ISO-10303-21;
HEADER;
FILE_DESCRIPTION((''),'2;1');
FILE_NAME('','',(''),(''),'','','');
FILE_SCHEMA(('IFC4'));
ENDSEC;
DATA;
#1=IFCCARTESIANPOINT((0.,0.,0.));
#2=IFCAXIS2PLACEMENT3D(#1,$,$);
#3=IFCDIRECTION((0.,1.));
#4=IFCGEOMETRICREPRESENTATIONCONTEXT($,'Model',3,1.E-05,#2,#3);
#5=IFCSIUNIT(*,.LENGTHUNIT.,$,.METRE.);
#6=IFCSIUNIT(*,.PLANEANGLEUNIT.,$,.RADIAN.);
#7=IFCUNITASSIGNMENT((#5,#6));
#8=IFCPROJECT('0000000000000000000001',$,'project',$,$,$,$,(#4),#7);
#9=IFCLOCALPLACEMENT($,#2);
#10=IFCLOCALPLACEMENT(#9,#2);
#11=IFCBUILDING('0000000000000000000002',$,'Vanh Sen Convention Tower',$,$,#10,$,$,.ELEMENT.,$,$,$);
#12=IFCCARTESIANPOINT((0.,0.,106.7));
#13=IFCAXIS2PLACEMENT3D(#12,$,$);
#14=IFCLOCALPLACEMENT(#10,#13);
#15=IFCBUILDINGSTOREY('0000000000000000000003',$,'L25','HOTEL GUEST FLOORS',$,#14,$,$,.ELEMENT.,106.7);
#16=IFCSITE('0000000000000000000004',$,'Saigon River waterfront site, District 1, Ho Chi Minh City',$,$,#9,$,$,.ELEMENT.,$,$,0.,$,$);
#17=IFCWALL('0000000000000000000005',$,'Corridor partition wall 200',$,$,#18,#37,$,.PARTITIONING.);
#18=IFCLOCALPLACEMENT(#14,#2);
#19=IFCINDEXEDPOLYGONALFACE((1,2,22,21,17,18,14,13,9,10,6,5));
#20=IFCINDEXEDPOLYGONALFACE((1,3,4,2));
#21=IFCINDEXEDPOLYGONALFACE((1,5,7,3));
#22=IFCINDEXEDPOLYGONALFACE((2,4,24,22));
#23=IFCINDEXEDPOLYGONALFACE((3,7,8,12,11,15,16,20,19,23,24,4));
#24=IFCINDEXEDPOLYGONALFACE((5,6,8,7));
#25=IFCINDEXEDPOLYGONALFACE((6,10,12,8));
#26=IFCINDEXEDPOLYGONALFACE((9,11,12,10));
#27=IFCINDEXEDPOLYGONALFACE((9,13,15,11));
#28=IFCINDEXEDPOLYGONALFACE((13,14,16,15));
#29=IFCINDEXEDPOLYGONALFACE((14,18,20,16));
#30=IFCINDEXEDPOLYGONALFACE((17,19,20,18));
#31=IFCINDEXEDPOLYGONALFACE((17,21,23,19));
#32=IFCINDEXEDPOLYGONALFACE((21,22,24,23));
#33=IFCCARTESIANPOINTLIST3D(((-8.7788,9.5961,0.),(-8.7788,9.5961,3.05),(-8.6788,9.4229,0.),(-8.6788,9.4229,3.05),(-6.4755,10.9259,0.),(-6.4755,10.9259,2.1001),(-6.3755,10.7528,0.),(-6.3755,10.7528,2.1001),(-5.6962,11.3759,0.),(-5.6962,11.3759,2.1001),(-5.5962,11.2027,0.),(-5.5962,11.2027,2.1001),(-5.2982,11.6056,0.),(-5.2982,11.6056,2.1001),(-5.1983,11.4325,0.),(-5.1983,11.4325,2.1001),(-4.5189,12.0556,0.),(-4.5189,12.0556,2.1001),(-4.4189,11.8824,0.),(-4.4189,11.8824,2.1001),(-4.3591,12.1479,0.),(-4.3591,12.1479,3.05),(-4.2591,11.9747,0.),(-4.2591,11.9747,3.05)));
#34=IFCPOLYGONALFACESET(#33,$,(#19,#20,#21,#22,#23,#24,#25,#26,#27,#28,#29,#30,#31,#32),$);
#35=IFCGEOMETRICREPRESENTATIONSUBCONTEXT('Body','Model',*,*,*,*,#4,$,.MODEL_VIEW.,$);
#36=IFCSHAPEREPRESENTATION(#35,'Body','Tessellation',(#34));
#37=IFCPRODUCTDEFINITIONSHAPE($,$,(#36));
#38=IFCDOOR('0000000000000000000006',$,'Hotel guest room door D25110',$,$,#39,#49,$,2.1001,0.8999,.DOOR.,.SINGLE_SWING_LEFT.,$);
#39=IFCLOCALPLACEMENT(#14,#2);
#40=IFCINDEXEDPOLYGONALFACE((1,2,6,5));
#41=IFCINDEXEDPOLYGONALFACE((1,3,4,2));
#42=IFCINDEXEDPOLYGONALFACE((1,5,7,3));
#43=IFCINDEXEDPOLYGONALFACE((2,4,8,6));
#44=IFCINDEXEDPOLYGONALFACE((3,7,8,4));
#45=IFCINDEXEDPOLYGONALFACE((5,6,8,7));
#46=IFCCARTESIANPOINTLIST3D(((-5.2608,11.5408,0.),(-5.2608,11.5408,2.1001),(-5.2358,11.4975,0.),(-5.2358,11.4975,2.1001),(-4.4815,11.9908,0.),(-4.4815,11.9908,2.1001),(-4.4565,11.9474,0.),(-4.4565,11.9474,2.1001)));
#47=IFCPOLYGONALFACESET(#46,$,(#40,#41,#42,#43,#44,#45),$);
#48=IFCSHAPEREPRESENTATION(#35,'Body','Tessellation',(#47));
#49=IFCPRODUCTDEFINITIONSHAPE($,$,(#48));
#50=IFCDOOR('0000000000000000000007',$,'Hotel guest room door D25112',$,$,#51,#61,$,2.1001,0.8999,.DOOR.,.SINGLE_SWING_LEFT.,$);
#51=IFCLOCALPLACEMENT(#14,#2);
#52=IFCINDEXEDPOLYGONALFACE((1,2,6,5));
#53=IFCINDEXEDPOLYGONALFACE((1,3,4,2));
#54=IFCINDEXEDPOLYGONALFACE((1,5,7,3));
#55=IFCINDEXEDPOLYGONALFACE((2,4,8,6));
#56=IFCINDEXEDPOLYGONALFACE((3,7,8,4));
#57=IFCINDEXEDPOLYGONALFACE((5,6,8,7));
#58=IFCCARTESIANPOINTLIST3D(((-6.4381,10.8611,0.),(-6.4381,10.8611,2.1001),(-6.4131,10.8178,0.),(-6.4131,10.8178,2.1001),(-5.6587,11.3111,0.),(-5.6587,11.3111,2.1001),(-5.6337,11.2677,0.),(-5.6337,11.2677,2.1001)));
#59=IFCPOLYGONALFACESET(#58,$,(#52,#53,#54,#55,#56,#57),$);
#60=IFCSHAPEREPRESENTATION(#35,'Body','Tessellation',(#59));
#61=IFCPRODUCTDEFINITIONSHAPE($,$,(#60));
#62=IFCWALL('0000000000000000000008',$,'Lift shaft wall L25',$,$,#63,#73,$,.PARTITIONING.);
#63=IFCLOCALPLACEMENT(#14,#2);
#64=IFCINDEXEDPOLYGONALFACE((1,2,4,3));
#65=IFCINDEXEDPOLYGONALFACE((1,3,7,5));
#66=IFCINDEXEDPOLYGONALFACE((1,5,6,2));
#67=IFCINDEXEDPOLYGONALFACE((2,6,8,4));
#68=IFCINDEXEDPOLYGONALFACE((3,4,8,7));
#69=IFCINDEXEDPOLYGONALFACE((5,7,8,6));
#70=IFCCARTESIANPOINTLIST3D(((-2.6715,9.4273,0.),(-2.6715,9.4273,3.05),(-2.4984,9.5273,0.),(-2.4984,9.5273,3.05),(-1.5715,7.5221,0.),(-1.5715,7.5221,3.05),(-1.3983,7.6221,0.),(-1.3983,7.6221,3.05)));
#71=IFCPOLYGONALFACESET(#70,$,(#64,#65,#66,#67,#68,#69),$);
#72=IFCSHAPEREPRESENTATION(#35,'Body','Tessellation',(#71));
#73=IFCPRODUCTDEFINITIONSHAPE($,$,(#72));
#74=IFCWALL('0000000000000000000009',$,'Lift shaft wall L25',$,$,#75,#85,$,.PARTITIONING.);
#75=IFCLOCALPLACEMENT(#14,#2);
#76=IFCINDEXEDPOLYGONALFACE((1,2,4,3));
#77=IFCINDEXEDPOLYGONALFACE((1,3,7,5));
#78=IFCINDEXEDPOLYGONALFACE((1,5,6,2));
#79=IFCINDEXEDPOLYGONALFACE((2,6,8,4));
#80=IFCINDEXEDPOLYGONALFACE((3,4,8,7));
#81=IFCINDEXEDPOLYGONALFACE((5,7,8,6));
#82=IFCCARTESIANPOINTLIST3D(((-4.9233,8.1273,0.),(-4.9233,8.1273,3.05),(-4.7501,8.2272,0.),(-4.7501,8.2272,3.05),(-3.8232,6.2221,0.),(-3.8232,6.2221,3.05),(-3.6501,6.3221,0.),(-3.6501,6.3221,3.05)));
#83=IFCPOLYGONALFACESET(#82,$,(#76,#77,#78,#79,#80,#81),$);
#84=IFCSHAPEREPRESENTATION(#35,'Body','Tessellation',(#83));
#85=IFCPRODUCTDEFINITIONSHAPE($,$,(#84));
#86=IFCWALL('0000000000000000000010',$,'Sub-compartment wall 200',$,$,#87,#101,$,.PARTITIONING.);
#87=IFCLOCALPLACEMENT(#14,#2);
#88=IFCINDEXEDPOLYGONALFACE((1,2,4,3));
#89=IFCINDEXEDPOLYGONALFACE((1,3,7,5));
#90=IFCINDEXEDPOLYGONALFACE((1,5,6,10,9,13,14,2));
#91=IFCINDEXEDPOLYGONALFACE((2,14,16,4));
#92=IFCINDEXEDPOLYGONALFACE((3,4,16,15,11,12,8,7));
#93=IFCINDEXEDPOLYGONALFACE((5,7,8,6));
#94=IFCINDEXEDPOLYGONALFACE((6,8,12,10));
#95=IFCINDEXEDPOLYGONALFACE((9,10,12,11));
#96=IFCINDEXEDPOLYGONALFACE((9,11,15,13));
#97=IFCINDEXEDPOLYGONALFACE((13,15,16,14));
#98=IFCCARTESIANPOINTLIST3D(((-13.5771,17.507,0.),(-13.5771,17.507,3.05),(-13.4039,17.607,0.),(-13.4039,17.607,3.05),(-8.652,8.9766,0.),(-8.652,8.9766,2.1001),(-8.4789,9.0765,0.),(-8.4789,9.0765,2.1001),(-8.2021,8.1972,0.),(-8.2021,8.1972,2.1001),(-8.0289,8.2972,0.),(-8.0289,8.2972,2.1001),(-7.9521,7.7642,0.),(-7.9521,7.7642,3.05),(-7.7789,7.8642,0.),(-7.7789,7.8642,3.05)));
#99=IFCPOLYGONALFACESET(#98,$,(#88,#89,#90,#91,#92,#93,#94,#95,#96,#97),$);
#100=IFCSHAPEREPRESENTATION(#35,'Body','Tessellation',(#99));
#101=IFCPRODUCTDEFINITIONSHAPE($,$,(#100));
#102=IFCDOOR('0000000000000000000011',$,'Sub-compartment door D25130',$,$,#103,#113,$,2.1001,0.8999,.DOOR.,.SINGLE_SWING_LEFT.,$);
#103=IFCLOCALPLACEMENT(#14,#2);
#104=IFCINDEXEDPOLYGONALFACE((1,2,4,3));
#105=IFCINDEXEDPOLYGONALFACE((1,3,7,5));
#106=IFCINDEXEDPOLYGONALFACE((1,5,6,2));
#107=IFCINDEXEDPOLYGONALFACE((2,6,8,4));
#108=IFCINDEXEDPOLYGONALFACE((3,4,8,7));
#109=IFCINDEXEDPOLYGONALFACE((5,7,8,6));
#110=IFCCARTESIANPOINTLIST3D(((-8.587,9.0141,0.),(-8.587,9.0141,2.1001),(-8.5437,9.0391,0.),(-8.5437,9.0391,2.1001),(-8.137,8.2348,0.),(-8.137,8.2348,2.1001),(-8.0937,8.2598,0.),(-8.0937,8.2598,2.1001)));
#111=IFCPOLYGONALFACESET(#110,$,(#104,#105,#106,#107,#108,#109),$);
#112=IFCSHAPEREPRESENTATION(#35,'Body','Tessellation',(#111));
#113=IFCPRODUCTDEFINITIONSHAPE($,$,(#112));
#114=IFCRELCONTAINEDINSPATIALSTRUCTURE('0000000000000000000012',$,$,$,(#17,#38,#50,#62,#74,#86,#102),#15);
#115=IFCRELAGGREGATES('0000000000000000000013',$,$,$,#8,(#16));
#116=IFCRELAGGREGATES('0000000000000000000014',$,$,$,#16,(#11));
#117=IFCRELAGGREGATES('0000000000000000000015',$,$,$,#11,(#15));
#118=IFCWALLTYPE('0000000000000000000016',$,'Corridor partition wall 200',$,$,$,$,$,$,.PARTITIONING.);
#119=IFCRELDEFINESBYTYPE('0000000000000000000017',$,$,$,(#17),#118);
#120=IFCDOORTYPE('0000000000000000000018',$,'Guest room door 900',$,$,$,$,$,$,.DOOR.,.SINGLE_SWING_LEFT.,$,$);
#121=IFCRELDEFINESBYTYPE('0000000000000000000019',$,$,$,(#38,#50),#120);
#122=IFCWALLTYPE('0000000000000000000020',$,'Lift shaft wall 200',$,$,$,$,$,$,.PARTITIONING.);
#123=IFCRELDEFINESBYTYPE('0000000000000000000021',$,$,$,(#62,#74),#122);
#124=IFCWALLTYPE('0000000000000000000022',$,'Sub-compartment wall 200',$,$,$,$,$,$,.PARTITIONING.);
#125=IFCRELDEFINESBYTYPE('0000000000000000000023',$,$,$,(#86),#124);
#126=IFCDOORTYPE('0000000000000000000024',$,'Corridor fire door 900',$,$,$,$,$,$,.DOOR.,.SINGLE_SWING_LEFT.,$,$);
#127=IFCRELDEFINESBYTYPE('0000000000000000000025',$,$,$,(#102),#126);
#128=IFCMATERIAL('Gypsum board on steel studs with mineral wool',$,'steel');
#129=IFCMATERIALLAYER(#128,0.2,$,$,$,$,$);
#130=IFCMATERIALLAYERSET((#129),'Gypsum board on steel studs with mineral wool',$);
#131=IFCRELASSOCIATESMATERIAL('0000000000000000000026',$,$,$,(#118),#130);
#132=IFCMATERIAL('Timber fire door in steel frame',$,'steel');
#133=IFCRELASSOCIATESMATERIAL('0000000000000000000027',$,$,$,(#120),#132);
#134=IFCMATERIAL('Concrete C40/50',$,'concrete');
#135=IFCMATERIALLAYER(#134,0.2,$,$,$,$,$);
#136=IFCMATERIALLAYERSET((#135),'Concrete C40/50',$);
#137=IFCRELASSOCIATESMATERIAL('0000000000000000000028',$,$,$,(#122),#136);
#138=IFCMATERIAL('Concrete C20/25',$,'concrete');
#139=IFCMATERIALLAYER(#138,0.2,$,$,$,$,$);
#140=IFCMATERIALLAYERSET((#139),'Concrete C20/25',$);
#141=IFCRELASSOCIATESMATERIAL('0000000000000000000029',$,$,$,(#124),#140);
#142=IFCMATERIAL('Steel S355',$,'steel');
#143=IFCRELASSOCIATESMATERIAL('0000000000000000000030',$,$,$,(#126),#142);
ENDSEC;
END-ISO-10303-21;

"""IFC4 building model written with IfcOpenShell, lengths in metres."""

from ifc_helpers import new_model, si_unit, direction, frame, frame_2d, origin, place, context, subcontext, project, spatial, rectangle, extrude, material, layer, layer_set, type_object, element, fill, save


model = new_model("IFC4")

# Units and contexts
model_context = context("Model", 3, precision=1e-05, world=origin(), true_north=direction((0.0, 1.0)))
body_context = subcontext(model_context, "Body", "Model", "MODEL_VIEW")
ifc_project = project(units=[si_unit("LENGTHUNIT", "METRE"), si_unit("PLANEANGLEUNIT", "RADIAN")], contexts=[model_context])

# Site, building, storey
site_placement = place(None, origin())
site = spatial("IfcSite", under=ifc_project, at=site_placement, Name="Saigon River waterfront site, District 1, Ho Chi Minh City", CompositionType="ELEMENT", RefElevation=0.0)
building_placement = place(site_placement, origin())
building = spatial("IfcBuilding", under=site, at=building_placement, Name="Vanh Sen Convention Tower", CompositionType="ELEMENT")
storey_placement = place(building_placement, frame((0.0, 0.0, 106.7)))
storey = spatial("IfcBuildingStorey", under=building, at=storey_placement, Name="L25", Description="HOTEL GUEST FLOORS", CompositionType="ELEMENT", Elevation=106.7)

# Shared definitions
ifc_material_1 = material(Name="Gypsum board on steel studs with mineral wool", Category="steel")
ifc_layer_1 = layer(ifc_material_1, 0.2)
ifc_layer_set_1 = layer_set([ifc_layer_1], Name="Gypsum board on steel studs with mineral wool")
wall_type_1 = type_object("IfcWallType", Name="Corridor partition wall 200", PredefinedType="PARTITIONING", material=ifc_layer_set_1)
ifc_material_2 = material(Name="Timber fire door in steel frame", Category="steel")
door_type_1 = type_object("IfcDoorType", Name="Guest room door 900", OperationType="SINGLE_SWING_LEFT", PredefinedType="DOOR", material=ifc_material_2)

# Wall, openings, doors
wall_1_placement = place(storey_placement, frame((-4.3091, 12.0613, 0.0), z_axis=(0.0, 0.0, 1.0), x_axis=(-0.866021, -0.500008, 0.0)))
wall_1 = element("IfcWall", 1, at=wall_1_placement, inside=storey, type_object=wall_type_1, Name="Corridor partition wall 200", PredefinedType="PARTITIONING", context=body_context, shape_type="SweptSolid", body=[
    extrude(rectangle(XDim=5.1035, YDim=0.2, at=frame_2d((2.5518, 0.0))), origin(), (0.0, 0.0, 1.0), 3.05),
])
opening_1_placement = place(wall_1_placement, frame((0.1846, 0.0, 0.0)))
opening_1 = element("IfcOpeningElement", 2, at=opening_1_placement, cuts=wall_1, PredefinedType="OPENING", context=body_context, shape_type="SweptSolid", body=[
    extrude(rectangle(XDim=0.8999, YDim=2.1001, at=frame_2d((0.45, 1.05))), frame((0.0, 0.1099, 0.0), z_axis=(0.0, -1.0, 0.0), x_axis=(1.0, 0.0, 0.0)), (0.0, 0.0, 1.0), 0.22),
])
opening_2_placement = place(wall_1_placement, frame((1.5439, 0.0, 0.0)))
opening_2 = element("IfcOpeningElement", 3, at=opening_2_placement, cuts=wall_1, PredefinedType="OPENING", context=body_context, shape_type="SweptSolid", body=[
    extrude(rectangle(XDim=0.8999, YDim=2.1001, at=frame_2d((0.45, 1.05))), frame((0.0, 0.1099, 0.0), z_axis=(0.0, -1.0, 0.0), x_axis=(1.0, 0.0, 0.0)), (0.0, 0.0, 1.0), 0.22),
])
door_1_placement = place(opening_1_placement, origin())
door_1 = element("IfcDoor", 4, at=door_1_placement, inside=storey, type_object=door_type_1, Name="Hotel guest room door D25110", OperationType="SINGLE_SWING_LEFT", OverallHeight=2.1001, OverallWidth=0.8999, PredefinedType="DOOR", context=body_context, shape_type="SweptSolid", body=[
    extrude(rectangle(XDim=0.8999, YDim=2.1001, at=frame_2d((0.45, 1.05))), frame((0.0, 0.0249, 0.0), z_axis=(0.0, -1.0, 0.0), x_axis=(1.0, 0.0, 0.0)), (0.0, 0.0, 1.0), 0.05),
])
fill(opening_1, door_1)
door_2_placement = place(opening_2_placement, origin())
door_2 = element("IfcDoor", 5, at=door_2_placement, inside=storey, type_object=door_type_1, Name="Hotel guest room door D25112", OperationType="SINGLE_SWING_LEFT", OverallHeight=2.1001, OverallWidth=0.8999, PredefinedType="DOOR", context=body_context, shape_type="SweptSolid", body=[
    extrude(rectangle(XDim=0.8999, YDim=2.1001, at=frame_2d((0.45, 1.05))), frame((0.0, 0.0249, 0.0), z_axis=(0.0, -1.0, 0.0), x_axis=(1.0, 0.0, 0.0)), (0.0, 0.0, 1.0), 0.05),
])
fill(opening_2, door_2)

# Walls
ifc_material_3 = material(Name="Concrete C40/50", Category="concrete")
ifc_layer_2 = layer(ifc_material_3, 0.2)
ifc_layer_set_2 = layer_set([ifc_layer_2], Name="Concrete C40/50")
wall_type_2 = type_object("IfcWallType", Name="Lift shaft wall 200", PredefinedType="PARTITIONING", material=ifc_layer_set_2)
for number, where, z_axis, x_axis, name in (
    (6, (-1.4849, 7.572, 0.0), (0.0, 0.0, 1.0), (-0.50003, 0.866008, 0.0), "Lift shaft wall L25"),
    (7, (-3.7366, 6.272, 0.0), (0.0, 0.0, 1.0), (-0.50003, 0.866008, 0.0), "Lift shaft wall L25"),
):
    element("IfcWall", number, at=place(storey_placement, frame(where, z_axis=z_axis, x_axis=x_axis)), inside=storey, type_object=wall_type_2, Name=name, PredefinedType="PARTITIONING", context=body_context, shape_type="SweptSolid", body=[
        extrude(rectangle(XDim=2.2, YDim=0.2, at=frame_2d((1.1001, 0.0))), origin(), (0.0, 0.0, 1.0), 3.05),
    ])

# Wall, opening, door
ifc_material_4 = material(Name="Concrete C20/25", Category="concrete")
ifc_layer_3 = layer(ifc_material_4, 0.2)
ifc_layer_set_3 = layer_set([ifc_layer_3], Name="Concrete C20/25")
wall_type_3 = type_object("IfcWallType", Name="Sub-compartment wall 200", PredefinedType="PARTITIONING", material=ifc_layer_set_3)
wall_2_placement = place(storey_placement, frame((-7.8655, 7.8142, 0.0), z_axis=(0.0, 0.0, 1.0), x_axis=(-0.500004, 0.866023, 0.0)))
wall_2 = element("IfcWall", 8, at=wall_2_placement, inside=storey, type_object=wall_type_3, Name="Sub-compartment wall 200", PredefinedType="PARTITIONING", context=body_context, shape_type="SweptSolid", body=[
    extrude(rectangle(XDim=11.25, YDim=0.2, at=frame_2d((5.625, 0.0))), origin(), (0.0, 0.0, 1.0), 3.05),
])
opening_3_placement = place(wall_2_placement, frame((0.5, 0.0, 0.0)))
opening_3 = element("IfcOpeningElement", 9, at=opening_3_placement, cuts=wall_2, PredefinedType="OPENING", context=body_context, shape_type="SweptSolid", body=[
    extrude(rectangle(XDim=0.8999, YDim=2.1001, at=frame_2d((0.45, 1.05))), frame((0.0, 0.1099, 0.0), z_axis=(0.0, -1.0, 0.0), x_axis=(1.0, 0.0, 0.0)), (0.0, 0.0, 1.0), 0.22),
])
ifc_material_5 = material(Name="Steel S355", Category="steel")
door_type_2 = type_object("IfcDoorType", Name="Corridor fire door 900", OperationType="SINGLE_SWING_LEFT", PredefinedType="DOOR", material=ifc_material_5)
door_3_placement = place(opening_3_placement, origin())
door_3 = element("IfcDoor", 10, at=door_3_placement, inside=storey, type_object=door_type_2, Name="Sub-compartment door D25130", OperationType="SINGLE_SWING_LEFT", OverallHeight=2.1001, OverallWidth=0.8999, PredefinedType="DOOR", context=body_context, shape_type="SweptSolid", body=[
    extrude(rectangle(XDim=0.8999, YDim=2.1001, at=frame_2d((0.45, 1.05))), frame((0.0, 0.0249, 0.0), z_axis=(0.0, -1.0, 0.0), x_axis=(1.0, 0.0, 0.0)), (0.0, 0.0, 1.0), 0.05),
])
fill(opening_3, door_3)

save(model, "model.ifc")
